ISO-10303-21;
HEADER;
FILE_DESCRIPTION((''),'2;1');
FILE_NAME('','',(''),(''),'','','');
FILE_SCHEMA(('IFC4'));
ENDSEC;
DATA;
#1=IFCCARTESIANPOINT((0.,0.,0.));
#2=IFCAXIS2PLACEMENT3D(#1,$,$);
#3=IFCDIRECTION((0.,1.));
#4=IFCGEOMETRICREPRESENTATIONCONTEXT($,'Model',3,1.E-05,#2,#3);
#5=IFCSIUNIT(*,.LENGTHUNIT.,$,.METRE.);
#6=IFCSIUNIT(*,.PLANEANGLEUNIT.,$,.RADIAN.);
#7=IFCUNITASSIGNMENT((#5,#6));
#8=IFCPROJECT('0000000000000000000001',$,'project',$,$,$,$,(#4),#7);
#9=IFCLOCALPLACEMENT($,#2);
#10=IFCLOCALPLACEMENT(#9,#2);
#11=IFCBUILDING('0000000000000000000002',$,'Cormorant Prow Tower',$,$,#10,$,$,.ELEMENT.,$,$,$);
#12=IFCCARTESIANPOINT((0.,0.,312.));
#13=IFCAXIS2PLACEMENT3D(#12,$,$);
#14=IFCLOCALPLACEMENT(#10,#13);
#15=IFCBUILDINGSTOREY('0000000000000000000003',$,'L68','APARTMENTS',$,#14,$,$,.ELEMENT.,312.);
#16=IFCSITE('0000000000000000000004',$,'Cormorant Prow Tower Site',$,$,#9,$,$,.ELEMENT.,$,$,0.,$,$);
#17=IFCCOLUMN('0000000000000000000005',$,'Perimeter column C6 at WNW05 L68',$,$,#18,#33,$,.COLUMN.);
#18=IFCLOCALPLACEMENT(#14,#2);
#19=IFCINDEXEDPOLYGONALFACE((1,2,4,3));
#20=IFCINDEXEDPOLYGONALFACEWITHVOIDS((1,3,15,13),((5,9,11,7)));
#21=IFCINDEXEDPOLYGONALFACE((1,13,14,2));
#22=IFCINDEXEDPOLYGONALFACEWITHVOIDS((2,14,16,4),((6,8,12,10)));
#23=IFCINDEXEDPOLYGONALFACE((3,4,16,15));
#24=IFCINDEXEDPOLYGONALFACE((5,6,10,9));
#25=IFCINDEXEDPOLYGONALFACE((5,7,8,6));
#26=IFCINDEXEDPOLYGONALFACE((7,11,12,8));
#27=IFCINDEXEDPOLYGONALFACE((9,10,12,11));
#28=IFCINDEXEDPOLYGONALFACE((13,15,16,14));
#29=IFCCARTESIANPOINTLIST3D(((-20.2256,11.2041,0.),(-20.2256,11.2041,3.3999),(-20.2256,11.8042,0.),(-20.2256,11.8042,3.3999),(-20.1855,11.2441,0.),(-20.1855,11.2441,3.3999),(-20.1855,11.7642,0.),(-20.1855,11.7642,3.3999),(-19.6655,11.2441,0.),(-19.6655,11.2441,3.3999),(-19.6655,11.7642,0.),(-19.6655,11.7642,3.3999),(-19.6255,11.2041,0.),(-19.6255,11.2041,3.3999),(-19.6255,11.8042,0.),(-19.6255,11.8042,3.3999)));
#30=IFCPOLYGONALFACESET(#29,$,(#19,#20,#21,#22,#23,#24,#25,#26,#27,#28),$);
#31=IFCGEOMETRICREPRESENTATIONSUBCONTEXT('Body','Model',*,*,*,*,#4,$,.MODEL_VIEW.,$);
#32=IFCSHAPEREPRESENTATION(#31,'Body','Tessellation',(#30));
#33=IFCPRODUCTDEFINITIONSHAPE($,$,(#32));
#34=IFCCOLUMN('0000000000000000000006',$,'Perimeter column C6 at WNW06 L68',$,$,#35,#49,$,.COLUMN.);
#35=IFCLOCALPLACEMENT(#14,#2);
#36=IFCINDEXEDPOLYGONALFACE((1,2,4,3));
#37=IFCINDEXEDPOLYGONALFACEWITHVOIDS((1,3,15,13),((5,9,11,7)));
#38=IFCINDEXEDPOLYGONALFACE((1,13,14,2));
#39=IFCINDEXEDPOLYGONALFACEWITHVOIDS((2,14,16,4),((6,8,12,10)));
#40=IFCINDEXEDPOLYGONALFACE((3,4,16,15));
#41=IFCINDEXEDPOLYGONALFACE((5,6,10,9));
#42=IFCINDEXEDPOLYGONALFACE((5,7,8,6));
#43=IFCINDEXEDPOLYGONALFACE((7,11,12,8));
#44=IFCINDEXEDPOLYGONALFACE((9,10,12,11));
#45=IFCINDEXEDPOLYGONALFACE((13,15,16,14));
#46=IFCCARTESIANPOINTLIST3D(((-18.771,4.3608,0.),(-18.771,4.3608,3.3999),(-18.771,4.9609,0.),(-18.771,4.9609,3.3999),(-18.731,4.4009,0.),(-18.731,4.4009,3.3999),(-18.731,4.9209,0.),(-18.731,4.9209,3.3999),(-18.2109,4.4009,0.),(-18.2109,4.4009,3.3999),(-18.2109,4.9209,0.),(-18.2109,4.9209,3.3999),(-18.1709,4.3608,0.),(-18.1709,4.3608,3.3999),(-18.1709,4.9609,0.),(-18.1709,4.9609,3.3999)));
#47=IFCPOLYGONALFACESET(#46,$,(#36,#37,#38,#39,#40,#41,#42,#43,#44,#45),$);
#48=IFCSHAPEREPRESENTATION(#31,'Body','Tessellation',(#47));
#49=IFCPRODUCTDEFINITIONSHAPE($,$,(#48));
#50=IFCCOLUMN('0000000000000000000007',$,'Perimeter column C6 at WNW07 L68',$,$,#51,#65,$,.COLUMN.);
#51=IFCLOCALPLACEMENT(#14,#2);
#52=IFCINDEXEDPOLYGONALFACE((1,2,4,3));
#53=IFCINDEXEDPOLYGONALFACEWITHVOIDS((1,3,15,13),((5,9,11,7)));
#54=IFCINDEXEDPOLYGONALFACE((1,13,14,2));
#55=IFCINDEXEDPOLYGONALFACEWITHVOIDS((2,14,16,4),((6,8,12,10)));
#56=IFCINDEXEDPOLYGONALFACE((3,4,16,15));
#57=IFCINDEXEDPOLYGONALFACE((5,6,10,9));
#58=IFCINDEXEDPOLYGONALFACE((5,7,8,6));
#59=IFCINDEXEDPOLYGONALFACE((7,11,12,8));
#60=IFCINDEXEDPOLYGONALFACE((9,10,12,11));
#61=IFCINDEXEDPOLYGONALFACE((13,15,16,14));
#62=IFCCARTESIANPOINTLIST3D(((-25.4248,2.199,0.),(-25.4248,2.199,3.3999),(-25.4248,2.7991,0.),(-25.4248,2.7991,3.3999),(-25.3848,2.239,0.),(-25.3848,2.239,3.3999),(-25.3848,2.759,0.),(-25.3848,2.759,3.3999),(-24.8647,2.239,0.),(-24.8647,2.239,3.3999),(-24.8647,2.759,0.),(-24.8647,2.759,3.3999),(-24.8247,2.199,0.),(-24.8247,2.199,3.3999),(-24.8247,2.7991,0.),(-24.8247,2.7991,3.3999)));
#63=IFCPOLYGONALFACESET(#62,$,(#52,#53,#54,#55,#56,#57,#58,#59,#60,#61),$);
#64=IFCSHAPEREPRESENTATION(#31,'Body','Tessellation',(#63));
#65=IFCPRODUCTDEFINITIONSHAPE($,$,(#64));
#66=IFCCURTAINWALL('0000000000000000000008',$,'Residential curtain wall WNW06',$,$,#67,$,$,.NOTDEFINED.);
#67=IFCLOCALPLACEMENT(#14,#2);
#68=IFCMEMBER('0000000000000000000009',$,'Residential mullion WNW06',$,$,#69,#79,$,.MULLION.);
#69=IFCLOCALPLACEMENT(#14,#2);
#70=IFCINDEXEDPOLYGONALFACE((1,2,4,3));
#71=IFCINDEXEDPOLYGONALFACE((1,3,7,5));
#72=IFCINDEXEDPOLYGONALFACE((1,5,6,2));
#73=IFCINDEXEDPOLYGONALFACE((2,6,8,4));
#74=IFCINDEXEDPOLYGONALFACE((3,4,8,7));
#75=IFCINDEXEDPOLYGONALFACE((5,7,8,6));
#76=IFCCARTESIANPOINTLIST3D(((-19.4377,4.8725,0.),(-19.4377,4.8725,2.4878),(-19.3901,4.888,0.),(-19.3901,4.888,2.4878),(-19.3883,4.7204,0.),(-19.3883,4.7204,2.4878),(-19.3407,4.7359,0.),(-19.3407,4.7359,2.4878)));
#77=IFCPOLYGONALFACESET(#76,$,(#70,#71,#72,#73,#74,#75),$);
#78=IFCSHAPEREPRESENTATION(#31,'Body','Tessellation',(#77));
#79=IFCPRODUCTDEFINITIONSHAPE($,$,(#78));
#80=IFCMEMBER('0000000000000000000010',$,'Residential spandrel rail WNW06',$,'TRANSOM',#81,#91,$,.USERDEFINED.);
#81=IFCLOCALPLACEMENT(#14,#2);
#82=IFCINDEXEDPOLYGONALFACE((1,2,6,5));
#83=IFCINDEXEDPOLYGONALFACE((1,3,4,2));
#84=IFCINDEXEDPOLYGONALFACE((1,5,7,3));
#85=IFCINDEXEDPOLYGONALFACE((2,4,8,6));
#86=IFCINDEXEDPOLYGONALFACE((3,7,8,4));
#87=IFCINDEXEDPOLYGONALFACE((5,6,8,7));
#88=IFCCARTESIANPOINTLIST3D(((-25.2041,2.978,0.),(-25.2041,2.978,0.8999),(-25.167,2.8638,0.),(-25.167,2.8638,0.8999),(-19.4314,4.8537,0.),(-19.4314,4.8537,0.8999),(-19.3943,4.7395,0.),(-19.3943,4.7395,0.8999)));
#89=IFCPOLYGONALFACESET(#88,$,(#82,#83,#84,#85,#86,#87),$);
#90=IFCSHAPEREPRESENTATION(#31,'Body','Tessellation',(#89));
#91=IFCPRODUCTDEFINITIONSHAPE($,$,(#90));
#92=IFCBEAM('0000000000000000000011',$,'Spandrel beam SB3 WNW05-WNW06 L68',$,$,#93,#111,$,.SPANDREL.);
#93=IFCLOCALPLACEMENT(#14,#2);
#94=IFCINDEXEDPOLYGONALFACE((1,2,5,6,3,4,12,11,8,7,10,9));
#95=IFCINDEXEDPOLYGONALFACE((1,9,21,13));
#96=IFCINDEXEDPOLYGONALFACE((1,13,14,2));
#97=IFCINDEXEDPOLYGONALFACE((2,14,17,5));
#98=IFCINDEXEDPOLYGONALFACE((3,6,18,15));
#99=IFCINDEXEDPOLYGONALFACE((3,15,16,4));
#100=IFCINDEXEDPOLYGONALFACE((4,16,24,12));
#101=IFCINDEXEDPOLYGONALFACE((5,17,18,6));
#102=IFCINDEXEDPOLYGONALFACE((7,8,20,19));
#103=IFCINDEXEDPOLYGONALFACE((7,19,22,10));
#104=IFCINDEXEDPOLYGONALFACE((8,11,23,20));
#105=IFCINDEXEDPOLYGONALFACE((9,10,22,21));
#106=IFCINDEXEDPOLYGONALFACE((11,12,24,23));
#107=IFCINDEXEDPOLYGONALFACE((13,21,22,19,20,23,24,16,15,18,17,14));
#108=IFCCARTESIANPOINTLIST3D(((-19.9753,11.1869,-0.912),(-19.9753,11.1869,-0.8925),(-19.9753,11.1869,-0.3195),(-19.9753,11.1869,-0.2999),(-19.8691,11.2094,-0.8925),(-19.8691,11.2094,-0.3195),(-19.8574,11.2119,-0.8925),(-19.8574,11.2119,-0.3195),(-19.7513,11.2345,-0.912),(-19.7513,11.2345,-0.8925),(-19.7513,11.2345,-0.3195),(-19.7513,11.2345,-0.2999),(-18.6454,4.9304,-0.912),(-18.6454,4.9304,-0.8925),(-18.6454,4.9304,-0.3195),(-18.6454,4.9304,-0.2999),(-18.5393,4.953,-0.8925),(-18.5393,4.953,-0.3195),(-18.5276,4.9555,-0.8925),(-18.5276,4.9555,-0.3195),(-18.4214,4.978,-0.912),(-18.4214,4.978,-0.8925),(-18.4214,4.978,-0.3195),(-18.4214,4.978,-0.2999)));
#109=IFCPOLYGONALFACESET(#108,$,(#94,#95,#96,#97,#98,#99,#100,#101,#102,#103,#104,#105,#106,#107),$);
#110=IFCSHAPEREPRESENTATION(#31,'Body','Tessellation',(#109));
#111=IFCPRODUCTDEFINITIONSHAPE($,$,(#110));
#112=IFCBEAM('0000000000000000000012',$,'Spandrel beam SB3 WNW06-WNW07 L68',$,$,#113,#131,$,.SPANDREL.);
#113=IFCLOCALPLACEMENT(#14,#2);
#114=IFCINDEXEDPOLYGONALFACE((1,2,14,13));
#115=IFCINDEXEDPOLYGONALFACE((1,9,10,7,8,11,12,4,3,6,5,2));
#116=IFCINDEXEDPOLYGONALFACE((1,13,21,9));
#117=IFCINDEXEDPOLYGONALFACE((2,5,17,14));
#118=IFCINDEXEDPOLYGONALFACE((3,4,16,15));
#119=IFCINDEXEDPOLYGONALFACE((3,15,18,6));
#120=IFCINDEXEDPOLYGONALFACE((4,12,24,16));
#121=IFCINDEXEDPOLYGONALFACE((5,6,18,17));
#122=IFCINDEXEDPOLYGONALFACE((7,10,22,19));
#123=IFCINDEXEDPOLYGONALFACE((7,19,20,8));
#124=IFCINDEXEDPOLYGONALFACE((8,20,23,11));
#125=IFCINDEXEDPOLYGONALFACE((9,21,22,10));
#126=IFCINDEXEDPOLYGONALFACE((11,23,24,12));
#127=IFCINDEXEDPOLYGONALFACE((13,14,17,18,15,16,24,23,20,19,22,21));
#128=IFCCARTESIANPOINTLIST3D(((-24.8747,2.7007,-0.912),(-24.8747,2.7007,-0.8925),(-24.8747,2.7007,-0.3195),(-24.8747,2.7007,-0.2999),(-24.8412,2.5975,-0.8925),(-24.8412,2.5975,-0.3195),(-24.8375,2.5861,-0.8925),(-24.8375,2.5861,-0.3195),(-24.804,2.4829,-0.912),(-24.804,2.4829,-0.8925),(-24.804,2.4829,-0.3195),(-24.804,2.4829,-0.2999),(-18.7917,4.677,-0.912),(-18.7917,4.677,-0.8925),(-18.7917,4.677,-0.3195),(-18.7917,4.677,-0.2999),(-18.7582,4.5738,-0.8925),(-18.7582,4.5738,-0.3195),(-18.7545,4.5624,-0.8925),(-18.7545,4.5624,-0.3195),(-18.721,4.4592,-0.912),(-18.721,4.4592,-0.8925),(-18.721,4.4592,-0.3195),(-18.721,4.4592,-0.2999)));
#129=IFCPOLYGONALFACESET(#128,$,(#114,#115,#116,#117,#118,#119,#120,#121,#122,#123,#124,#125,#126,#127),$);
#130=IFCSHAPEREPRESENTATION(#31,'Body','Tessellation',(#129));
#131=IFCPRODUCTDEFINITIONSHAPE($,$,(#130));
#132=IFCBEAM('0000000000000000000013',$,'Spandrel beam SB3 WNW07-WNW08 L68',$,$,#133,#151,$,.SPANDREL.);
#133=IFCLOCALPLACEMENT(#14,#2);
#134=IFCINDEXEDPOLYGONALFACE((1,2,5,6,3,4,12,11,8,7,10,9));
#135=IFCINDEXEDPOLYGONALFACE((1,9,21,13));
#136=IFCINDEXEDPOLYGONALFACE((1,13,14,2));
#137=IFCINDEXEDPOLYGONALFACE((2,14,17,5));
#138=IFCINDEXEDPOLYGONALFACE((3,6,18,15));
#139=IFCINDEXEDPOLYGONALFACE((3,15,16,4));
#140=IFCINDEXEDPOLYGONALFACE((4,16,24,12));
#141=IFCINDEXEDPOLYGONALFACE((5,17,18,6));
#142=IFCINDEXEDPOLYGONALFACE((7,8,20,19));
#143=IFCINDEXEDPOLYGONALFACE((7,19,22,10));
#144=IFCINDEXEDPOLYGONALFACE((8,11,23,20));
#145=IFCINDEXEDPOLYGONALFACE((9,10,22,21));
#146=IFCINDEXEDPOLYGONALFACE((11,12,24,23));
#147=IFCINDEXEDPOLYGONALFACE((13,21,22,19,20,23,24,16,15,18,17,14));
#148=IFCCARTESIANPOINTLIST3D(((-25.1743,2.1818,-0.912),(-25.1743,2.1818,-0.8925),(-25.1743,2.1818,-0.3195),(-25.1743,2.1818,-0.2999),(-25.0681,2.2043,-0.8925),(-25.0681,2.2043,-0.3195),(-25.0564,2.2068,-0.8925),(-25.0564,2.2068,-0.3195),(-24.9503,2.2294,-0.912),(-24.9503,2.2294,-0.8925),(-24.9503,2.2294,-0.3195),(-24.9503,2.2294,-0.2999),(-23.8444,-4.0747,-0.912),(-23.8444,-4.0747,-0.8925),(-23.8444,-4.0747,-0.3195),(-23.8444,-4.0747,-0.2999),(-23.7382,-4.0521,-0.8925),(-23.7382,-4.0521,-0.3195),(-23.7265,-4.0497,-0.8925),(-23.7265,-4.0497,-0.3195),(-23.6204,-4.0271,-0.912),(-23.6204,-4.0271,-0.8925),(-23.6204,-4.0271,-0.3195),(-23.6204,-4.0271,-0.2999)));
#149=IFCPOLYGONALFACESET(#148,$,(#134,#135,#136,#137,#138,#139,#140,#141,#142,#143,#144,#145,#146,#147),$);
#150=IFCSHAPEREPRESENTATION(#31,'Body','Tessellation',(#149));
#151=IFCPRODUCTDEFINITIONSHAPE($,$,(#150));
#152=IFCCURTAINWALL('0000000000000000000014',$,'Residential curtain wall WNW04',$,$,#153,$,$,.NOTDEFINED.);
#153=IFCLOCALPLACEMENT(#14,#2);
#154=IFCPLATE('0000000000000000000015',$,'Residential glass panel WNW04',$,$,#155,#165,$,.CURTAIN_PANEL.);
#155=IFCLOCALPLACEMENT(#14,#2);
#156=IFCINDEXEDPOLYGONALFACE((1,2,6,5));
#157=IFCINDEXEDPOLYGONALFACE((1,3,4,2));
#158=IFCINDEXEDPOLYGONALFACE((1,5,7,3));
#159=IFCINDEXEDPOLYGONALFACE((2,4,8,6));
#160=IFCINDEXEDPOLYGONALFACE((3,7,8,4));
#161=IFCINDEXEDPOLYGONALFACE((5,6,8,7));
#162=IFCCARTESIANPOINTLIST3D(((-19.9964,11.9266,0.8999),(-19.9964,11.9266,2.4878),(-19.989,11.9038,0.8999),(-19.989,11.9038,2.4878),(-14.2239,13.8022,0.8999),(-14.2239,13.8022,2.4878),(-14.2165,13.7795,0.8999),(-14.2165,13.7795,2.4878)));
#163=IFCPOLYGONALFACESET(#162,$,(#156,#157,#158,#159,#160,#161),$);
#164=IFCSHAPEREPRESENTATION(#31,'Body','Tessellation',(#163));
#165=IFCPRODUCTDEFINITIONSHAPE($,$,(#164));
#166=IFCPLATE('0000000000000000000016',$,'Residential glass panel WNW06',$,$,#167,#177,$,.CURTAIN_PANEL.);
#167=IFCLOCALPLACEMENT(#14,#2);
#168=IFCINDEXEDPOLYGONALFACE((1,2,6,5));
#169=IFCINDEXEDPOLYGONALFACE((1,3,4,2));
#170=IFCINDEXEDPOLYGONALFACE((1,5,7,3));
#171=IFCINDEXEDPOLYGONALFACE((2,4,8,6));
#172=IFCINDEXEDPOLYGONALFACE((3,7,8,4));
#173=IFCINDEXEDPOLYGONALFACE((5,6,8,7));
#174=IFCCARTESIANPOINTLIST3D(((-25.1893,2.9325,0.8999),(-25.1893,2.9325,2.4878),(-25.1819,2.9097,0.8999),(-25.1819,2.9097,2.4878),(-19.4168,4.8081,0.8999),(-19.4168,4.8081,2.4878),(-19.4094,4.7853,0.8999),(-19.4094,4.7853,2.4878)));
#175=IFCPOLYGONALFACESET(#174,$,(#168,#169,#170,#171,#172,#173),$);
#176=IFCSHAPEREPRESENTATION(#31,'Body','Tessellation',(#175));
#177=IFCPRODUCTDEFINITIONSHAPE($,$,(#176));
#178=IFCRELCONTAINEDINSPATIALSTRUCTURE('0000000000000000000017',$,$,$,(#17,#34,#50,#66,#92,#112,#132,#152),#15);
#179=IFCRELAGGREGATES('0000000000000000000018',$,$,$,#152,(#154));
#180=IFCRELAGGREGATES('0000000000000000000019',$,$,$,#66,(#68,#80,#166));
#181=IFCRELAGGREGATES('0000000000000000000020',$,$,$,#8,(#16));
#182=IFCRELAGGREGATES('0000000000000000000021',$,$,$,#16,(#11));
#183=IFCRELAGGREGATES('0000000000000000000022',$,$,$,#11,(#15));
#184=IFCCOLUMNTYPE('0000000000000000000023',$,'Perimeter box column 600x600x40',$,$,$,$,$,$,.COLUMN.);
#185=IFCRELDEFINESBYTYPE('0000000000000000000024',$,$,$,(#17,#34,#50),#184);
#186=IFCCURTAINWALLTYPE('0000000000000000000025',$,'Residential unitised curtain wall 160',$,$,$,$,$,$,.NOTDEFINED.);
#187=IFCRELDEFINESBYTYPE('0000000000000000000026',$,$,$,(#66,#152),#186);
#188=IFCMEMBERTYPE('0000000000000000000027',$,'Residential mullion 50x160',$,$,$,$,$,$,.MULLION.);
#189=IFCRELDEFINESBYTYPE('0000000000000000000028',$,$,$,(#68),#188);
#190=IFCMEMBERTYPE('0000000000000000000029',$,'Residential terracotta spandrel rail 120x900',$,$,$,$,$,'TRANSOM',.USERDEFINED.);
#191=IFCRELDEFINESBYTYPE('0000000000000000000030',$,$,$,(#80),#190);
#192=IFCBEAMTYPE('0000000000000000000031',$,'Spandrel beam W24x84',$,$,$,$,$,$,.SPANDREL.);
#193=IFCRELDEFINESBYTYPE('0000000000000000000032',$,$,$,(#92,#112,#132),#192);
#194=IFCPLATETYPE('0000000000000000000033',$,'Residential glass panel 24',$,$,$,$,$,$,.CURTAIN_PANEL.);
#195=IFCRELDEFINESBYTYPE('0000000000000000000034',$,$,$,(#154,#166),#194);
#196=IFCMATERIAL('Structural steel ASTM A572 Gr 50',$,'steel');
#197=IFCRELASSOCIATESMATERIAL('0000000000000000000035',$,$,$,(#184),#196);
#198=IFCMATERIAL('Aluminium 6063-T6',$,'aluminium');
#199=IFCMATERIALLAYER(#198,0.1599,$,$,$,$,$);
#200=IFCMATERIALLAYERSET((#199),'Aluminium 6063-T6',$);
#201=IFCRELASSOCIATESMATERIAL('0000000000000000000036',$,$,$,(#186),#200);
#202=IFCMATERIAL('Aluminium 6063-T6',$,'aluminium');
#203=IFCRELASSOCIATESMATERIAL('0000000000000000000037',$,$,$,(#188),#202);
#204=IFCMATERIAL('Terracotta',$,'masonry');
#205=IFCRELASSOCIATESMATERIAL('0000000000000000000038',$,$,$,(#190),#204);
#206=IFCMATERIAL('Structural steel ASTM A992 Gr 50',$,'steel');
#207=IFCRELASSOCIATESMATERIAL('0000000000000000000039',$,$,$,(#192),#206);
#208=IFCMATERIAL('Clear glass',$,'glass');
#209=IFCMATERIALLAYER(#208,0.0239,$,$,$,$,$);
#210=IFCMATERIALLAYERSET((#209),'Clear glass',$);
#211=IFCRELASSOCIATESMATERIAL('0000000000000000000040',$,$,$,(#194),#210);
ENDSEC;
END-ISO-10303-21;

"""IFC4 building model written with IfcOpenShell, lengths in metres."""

from ifc_helpers import new_model, si_unit, direction, frame, origin, origin_2d, place, context, subcontext, project, spatial, rectangle, hollow_rectangle, i_section, extrude, material, layer, layer_set, material_profile, profile_set, type_object, element, aggregate, save


model = new_model("IFC4")

# Units and contexts
model_context = context("Model", 3, precision=1e-05, world=origin(), true_north=direction((0.0, 1.0)))
body_context = subcontext(model_context, "Body", "Model", "MODEL_VIEW")
ifc_project = project(units=[si_unit("LENGTHUNIT", "METRE"), si_unit("PLANEANGLEUNIT", "RADIAN")], contexts=[model_context])

# Site, building, storey
site_placement = place(None, origin())
site = spatial("IfcSite", under=ifc_project, at=site_placement, Name="Cormorant Prow Tower Site", CompositionType="ELEMENT", RefElevation=0.0)
building_placement = place(site_placement, origin())
building = spatial("IfcBuilding", under=site, at=building_placement, Name="Cormorant Prow Tower", CompositionType="ELEMENT")
storey_placement = place(building_placement, frame((0.0, 0.0, 312.0)))
storey = spatial("IfcBuildingStorey", under=building, at=storey_placement, Name="L68", Description="APARTMENTS", CompositionType="ELEMENT", Elevation=312.0)

# Columns
ifc_material_1 = material(Name="Structural steel ASTM A572 Gr 50", Category="steel")
ifc_material_profile_1 = material_profile(ifc_material_1, hollow_rectangle(XDim=0.6001, YDim=0.6001, WallThickness=0.04, at=origin_2d()), Name="Box 600x600x40")
ifc_profile_set_1 = profile_set([ifc_material_profile_1], Name="Structural steel ASTM A572 Gr 50")
column_type = type_object("IfcColumnType", Name="Perimeter box column 600x600x40", PredefinedType="COLUMN", material=ifc_profile_set_1)
for number, where, z_axis, x_axis, name in (
    (1, (-19.9255, 11.5042, 0.0), (0.0, 0.0, 1.0), (1.0, 0.0, 0.0), "Perimeter column C6 at WNW05 L68"),
    (2, (-18.4709, 4.6609, 0.0), (0.0, 0.0, 1.0), (1.0, 0.0, 0.0), "Perimeter column C6 at WNW06 L68"),
    (3, (-25.1248, 2.499, 0.0), (0.0, 0.0, 1.0), (1.0, 0.0, 0.0), "Perimeter column C6 at WNW07 L68"),
):
    element("IfcColumn", number, at=place(storey_placement, frame(where, z_axis=z_axis, x_axis=x_axis)), inside=storey, type_object=column_type, Name=name, PredefinedType="COLUMN", context=body_context, shape_type="SweptSolid", body=[
        extrude(hollow_rectangle(XDim=0.6001, YDim=0.6001, WallThickness=0.04, at=origin_2d()), origin(), (0.0, 0.0, 1.0), 3.3999),
    ])

# Curtain wall, members
ifc_material_2 = material(Name="Aluminium 6063-T6", Category="aluminium")
ifc_layer_1 = layer(ifc_material_2, 0.1599)
ifc_layer_set_1 = layer_set([ifc_layer_1], Name="Aluminium 6063-T6")
curtain_wall_type = type_object("IfcCurtainWallType", Name="Residential unitised curtain wall 160", PredefinedType="NOTDEFINED", material=ifc_layer_set_1)
curtain_wall_1_placement = place(storey_placement, origin())
curtain_wall_1 = element("IfcCurtainWall", 4, at=curtain_wall_1_placement, inside=storey, type_object=curtain_wall_type, Name="Residential curtain wall WNW06", PredefinedType="NOTDEFINED")
ifc_material_3 = material(Name="Aluminium 6063-T6", Category="aluminium")
ifc_material_profile_2 = material_profile(ifc_material_3, rectangle(XDim=0.1599, YDim=0.05, at=origin_2d()), Name="Residential mullion 50x160")
ifc_profile_set_2 = profile_set([ifc_material_profile_2], Name="Aluminium 6063-T6")
member_type_1 = type_object("IfcMemberType", Name="Residential mullion 50x160", PredefinedType="MULLION", material=ifc_profile_set_2)
member_1_placement = place(storey_placement, frame((-19.3892, 4.8042, 0.0), z_axis=(0.0, 0.0, 1.0), x_axis=(0.309017, -0.951057, 0.0)))
member_1 = element("IfcMember", 5, at=member_1_placement, type_object=member_type_1, Name="Residential mullion WNW06", PredefinedType="MULLION", context=body_context, shape_type="SweptSolid", body=[
    extrude(rectangle(XDim=0.1599, YDim=0.05, at=origin_2d()), origin(), (0.0, 0.0, 1.0), 2.4878),
])
ifc_material_4 = material(Name="Terracotta", Category="masonry")
ifc_material_profile_3 = material_profile(ifc_material_4, rectangle(XDim=0.1201, YDim=0.8999, at=origin_2d()), Name="Residential terracotta spandrel rail 120x900")
ifc_profile_set_3 = profile_set([ifc_material_profile_3], Name="Terracotta")
member_type_2 = type_object("IfcMemberType", Name="Residential terracotta spandrel rail 120x900", ElementType="TRANSOM", PredefinedType="USERDEFINED", material=ifc_profile_set_3)
member_2_placement = place(storey_placement, frame((-19.4128, 4.7966, 0.45), z_axis=(-0.951053, -0.309027, 0.0), x_axis=(0.309027, -0.951053, 0.0)))
member_2 = element("IfcMember", 6, at=member_2_placement, type_object=member_type_2, Name="Residential spandrel rail WNW06", ObjectType="TRANSOM", PredefinedType="USERDEFINED", context=body_context, shape_type="SweptSolid", body=[
    extrude(rectangle(XDim=0.1201, YDim=0.8999, at=origin_2d()), origin(), (0.0, 0.0, 1.0), 6.0698),
])

# Beams
ifc_material_5 = material(Name="Structural steel ASTM A992 Gr 50", Category="steel")
ifc_material_profile_4 = material_profile(ifc_material_5, i_section(OverallWidth=0.229, OverallDepth=0.6121, WebThickness=0.012, FlangeThickness=0.0195, at=origin_2d()), Name="W24x84")
ifc_profile_set_4 = profile_set([ifc_material_profile_4], Name="Structural steel ASTM A992 Gr 50")
beam_type = type_object("IfcBeamType", Name="Spandrel beam W24x84", PredefinedType="SPANDREL", material=ifc_profile_set_4)
beam_1_placement = place(storey_placement, frame((-19.8633, 11.2107, -0.606), z_axis=(0.207913, -0.978147, 0.0), x_axis=(0.978147, 0.207913, 0.0)))
element("IfcBeam", 7, at=beam_1_placement, inside=storey, type_object=beam_type, Name="Spandrel beam SB3 WNW05-WNW06 L68", PredefinedType="SPANDREL", context=body_context, shape_type="SweptSolid", body=[
    extrude(i_section(OverallWidth=0.229, OverallDepth=0.6121, WebThickness=0.012, FlangeThickness=0.0195, at=origin_2d()), origin(), (0.0, 0.0, 1.0), 6.3962),
])
beam_2_placement = place(storey_placement, frame((-18.7563, 4.5681, -0.606), z_axis=(-0.951064, -0.308993, 0.0), x_axis=(0.308993, -0.951064, 0.0)))
element("IfcBeam", 8, at=beam_2_placement, inside=storey, type_object=beam_type, Name="Spandrel beam SB3 WNW06-WNW07 L68", PredefinedType="SPANDREL", context=body_context, shape_type="SweptSolid", body=[
    extrude(i_section(OverallWidth=0.229, OverallDepth=0.6121, WebThickness=0.012, FlangeThickness=0.0195, at=origin_2d()), origin(), (0.0, 0.0, 1.0), 6.396),
])
beam_3_placement = place(storey_placement, frame((-25.0623, 2.2056, -0.606), z_axis=(0.207913, -0.978147, 0.0), x_axis=(0.978147, 0.207913, 0.0)))
element("IfcBeam", 9, at=beam_3_placement, inside=storey, type_object=beam_type, Name="Spandrel beam SB3 WNW07-WNW08 L68", PredefinedType="SPANDREL", context=body_context, shape_type="SweptSolid", body=[
    extrude(i_section(OverallWidth=0.229, OverallDepth=0.6121, WebThickness=0.012, FlangeThickness=0.0195, at=origin_2d()), origin(), (0.0, 0.0, 1.0), 6.3962),
])

# Curtain wall, plate
curtain_wall_2_placement = place(storey_placement, origin())
curtain_wall_2 = element("IfcCurtainWall", 10, at=curtain_wall_2_placement, inside=storey, type_object=curtain_wall_type, Name="Residential curtain wall WNW04", PredefinedType="NOTDEFINED")
ifc_material_6 = material(Name="Clear glass", Category="glass")
ifc_layer_2 = layer(ifc_material_6, 0.0239)
ifc_layer_set_2 = layer_set([ifc_layer_2], Name="Clear glass")
plate_type = type_object("IfcPlateType", Name="Residential glass panel 24", PredefinedType="CURTAIN_PANEL", material=ifc_layer_set_2)
plate_1_placement = place(storey_placement, frame((-17.1064, 12.853, 0.8999), z_axis=(0.0, 0.0, 1.0), x_axis=(-0.951056, -0.309017, 0.0)))
plate_1 = element("IfcPlate", 11, at=plate_1_placement, type_object=plate_type, Name="Residential glass panel WNW04", PredefinedType="CURTAIN_PANEL", context=body_context, shape_type="SweptSolid", body=[
    extrude(rectangle(XDim=6.0696, YDim=0.0239, at=origin_2d()), origin(), (0.0, 0.0, 1.0), 1.5879),
])
aggregate(curtain_wall_2, [plate_1])

# Plate
plate_2_placement = place(storey_placement, frame((-22.2993, 3.8589, 0.8999), z_axis=(0.0, 0.0, 1.0), x_axis=(-0.951057, -0.309017, 0.0)))
plate_2 = element("IfcPlate", 12, at=plate_2_placement, type_object=plate_type, Name="Residential glass panel WNW06", PredefinedType="CURTAIN_PANEL", context=body_context, shape_type="SweptSolid", body=[
    extrude(rectangle(XDim=6.0696, YDim=0.0239, at=origin_2d()), origin(), (0.0, 0.0, 1.0), 1.5879),
])
aggregate(curtain_wall_1, [member_1, member_2, plate_2])

save(model, "model.ifc")
